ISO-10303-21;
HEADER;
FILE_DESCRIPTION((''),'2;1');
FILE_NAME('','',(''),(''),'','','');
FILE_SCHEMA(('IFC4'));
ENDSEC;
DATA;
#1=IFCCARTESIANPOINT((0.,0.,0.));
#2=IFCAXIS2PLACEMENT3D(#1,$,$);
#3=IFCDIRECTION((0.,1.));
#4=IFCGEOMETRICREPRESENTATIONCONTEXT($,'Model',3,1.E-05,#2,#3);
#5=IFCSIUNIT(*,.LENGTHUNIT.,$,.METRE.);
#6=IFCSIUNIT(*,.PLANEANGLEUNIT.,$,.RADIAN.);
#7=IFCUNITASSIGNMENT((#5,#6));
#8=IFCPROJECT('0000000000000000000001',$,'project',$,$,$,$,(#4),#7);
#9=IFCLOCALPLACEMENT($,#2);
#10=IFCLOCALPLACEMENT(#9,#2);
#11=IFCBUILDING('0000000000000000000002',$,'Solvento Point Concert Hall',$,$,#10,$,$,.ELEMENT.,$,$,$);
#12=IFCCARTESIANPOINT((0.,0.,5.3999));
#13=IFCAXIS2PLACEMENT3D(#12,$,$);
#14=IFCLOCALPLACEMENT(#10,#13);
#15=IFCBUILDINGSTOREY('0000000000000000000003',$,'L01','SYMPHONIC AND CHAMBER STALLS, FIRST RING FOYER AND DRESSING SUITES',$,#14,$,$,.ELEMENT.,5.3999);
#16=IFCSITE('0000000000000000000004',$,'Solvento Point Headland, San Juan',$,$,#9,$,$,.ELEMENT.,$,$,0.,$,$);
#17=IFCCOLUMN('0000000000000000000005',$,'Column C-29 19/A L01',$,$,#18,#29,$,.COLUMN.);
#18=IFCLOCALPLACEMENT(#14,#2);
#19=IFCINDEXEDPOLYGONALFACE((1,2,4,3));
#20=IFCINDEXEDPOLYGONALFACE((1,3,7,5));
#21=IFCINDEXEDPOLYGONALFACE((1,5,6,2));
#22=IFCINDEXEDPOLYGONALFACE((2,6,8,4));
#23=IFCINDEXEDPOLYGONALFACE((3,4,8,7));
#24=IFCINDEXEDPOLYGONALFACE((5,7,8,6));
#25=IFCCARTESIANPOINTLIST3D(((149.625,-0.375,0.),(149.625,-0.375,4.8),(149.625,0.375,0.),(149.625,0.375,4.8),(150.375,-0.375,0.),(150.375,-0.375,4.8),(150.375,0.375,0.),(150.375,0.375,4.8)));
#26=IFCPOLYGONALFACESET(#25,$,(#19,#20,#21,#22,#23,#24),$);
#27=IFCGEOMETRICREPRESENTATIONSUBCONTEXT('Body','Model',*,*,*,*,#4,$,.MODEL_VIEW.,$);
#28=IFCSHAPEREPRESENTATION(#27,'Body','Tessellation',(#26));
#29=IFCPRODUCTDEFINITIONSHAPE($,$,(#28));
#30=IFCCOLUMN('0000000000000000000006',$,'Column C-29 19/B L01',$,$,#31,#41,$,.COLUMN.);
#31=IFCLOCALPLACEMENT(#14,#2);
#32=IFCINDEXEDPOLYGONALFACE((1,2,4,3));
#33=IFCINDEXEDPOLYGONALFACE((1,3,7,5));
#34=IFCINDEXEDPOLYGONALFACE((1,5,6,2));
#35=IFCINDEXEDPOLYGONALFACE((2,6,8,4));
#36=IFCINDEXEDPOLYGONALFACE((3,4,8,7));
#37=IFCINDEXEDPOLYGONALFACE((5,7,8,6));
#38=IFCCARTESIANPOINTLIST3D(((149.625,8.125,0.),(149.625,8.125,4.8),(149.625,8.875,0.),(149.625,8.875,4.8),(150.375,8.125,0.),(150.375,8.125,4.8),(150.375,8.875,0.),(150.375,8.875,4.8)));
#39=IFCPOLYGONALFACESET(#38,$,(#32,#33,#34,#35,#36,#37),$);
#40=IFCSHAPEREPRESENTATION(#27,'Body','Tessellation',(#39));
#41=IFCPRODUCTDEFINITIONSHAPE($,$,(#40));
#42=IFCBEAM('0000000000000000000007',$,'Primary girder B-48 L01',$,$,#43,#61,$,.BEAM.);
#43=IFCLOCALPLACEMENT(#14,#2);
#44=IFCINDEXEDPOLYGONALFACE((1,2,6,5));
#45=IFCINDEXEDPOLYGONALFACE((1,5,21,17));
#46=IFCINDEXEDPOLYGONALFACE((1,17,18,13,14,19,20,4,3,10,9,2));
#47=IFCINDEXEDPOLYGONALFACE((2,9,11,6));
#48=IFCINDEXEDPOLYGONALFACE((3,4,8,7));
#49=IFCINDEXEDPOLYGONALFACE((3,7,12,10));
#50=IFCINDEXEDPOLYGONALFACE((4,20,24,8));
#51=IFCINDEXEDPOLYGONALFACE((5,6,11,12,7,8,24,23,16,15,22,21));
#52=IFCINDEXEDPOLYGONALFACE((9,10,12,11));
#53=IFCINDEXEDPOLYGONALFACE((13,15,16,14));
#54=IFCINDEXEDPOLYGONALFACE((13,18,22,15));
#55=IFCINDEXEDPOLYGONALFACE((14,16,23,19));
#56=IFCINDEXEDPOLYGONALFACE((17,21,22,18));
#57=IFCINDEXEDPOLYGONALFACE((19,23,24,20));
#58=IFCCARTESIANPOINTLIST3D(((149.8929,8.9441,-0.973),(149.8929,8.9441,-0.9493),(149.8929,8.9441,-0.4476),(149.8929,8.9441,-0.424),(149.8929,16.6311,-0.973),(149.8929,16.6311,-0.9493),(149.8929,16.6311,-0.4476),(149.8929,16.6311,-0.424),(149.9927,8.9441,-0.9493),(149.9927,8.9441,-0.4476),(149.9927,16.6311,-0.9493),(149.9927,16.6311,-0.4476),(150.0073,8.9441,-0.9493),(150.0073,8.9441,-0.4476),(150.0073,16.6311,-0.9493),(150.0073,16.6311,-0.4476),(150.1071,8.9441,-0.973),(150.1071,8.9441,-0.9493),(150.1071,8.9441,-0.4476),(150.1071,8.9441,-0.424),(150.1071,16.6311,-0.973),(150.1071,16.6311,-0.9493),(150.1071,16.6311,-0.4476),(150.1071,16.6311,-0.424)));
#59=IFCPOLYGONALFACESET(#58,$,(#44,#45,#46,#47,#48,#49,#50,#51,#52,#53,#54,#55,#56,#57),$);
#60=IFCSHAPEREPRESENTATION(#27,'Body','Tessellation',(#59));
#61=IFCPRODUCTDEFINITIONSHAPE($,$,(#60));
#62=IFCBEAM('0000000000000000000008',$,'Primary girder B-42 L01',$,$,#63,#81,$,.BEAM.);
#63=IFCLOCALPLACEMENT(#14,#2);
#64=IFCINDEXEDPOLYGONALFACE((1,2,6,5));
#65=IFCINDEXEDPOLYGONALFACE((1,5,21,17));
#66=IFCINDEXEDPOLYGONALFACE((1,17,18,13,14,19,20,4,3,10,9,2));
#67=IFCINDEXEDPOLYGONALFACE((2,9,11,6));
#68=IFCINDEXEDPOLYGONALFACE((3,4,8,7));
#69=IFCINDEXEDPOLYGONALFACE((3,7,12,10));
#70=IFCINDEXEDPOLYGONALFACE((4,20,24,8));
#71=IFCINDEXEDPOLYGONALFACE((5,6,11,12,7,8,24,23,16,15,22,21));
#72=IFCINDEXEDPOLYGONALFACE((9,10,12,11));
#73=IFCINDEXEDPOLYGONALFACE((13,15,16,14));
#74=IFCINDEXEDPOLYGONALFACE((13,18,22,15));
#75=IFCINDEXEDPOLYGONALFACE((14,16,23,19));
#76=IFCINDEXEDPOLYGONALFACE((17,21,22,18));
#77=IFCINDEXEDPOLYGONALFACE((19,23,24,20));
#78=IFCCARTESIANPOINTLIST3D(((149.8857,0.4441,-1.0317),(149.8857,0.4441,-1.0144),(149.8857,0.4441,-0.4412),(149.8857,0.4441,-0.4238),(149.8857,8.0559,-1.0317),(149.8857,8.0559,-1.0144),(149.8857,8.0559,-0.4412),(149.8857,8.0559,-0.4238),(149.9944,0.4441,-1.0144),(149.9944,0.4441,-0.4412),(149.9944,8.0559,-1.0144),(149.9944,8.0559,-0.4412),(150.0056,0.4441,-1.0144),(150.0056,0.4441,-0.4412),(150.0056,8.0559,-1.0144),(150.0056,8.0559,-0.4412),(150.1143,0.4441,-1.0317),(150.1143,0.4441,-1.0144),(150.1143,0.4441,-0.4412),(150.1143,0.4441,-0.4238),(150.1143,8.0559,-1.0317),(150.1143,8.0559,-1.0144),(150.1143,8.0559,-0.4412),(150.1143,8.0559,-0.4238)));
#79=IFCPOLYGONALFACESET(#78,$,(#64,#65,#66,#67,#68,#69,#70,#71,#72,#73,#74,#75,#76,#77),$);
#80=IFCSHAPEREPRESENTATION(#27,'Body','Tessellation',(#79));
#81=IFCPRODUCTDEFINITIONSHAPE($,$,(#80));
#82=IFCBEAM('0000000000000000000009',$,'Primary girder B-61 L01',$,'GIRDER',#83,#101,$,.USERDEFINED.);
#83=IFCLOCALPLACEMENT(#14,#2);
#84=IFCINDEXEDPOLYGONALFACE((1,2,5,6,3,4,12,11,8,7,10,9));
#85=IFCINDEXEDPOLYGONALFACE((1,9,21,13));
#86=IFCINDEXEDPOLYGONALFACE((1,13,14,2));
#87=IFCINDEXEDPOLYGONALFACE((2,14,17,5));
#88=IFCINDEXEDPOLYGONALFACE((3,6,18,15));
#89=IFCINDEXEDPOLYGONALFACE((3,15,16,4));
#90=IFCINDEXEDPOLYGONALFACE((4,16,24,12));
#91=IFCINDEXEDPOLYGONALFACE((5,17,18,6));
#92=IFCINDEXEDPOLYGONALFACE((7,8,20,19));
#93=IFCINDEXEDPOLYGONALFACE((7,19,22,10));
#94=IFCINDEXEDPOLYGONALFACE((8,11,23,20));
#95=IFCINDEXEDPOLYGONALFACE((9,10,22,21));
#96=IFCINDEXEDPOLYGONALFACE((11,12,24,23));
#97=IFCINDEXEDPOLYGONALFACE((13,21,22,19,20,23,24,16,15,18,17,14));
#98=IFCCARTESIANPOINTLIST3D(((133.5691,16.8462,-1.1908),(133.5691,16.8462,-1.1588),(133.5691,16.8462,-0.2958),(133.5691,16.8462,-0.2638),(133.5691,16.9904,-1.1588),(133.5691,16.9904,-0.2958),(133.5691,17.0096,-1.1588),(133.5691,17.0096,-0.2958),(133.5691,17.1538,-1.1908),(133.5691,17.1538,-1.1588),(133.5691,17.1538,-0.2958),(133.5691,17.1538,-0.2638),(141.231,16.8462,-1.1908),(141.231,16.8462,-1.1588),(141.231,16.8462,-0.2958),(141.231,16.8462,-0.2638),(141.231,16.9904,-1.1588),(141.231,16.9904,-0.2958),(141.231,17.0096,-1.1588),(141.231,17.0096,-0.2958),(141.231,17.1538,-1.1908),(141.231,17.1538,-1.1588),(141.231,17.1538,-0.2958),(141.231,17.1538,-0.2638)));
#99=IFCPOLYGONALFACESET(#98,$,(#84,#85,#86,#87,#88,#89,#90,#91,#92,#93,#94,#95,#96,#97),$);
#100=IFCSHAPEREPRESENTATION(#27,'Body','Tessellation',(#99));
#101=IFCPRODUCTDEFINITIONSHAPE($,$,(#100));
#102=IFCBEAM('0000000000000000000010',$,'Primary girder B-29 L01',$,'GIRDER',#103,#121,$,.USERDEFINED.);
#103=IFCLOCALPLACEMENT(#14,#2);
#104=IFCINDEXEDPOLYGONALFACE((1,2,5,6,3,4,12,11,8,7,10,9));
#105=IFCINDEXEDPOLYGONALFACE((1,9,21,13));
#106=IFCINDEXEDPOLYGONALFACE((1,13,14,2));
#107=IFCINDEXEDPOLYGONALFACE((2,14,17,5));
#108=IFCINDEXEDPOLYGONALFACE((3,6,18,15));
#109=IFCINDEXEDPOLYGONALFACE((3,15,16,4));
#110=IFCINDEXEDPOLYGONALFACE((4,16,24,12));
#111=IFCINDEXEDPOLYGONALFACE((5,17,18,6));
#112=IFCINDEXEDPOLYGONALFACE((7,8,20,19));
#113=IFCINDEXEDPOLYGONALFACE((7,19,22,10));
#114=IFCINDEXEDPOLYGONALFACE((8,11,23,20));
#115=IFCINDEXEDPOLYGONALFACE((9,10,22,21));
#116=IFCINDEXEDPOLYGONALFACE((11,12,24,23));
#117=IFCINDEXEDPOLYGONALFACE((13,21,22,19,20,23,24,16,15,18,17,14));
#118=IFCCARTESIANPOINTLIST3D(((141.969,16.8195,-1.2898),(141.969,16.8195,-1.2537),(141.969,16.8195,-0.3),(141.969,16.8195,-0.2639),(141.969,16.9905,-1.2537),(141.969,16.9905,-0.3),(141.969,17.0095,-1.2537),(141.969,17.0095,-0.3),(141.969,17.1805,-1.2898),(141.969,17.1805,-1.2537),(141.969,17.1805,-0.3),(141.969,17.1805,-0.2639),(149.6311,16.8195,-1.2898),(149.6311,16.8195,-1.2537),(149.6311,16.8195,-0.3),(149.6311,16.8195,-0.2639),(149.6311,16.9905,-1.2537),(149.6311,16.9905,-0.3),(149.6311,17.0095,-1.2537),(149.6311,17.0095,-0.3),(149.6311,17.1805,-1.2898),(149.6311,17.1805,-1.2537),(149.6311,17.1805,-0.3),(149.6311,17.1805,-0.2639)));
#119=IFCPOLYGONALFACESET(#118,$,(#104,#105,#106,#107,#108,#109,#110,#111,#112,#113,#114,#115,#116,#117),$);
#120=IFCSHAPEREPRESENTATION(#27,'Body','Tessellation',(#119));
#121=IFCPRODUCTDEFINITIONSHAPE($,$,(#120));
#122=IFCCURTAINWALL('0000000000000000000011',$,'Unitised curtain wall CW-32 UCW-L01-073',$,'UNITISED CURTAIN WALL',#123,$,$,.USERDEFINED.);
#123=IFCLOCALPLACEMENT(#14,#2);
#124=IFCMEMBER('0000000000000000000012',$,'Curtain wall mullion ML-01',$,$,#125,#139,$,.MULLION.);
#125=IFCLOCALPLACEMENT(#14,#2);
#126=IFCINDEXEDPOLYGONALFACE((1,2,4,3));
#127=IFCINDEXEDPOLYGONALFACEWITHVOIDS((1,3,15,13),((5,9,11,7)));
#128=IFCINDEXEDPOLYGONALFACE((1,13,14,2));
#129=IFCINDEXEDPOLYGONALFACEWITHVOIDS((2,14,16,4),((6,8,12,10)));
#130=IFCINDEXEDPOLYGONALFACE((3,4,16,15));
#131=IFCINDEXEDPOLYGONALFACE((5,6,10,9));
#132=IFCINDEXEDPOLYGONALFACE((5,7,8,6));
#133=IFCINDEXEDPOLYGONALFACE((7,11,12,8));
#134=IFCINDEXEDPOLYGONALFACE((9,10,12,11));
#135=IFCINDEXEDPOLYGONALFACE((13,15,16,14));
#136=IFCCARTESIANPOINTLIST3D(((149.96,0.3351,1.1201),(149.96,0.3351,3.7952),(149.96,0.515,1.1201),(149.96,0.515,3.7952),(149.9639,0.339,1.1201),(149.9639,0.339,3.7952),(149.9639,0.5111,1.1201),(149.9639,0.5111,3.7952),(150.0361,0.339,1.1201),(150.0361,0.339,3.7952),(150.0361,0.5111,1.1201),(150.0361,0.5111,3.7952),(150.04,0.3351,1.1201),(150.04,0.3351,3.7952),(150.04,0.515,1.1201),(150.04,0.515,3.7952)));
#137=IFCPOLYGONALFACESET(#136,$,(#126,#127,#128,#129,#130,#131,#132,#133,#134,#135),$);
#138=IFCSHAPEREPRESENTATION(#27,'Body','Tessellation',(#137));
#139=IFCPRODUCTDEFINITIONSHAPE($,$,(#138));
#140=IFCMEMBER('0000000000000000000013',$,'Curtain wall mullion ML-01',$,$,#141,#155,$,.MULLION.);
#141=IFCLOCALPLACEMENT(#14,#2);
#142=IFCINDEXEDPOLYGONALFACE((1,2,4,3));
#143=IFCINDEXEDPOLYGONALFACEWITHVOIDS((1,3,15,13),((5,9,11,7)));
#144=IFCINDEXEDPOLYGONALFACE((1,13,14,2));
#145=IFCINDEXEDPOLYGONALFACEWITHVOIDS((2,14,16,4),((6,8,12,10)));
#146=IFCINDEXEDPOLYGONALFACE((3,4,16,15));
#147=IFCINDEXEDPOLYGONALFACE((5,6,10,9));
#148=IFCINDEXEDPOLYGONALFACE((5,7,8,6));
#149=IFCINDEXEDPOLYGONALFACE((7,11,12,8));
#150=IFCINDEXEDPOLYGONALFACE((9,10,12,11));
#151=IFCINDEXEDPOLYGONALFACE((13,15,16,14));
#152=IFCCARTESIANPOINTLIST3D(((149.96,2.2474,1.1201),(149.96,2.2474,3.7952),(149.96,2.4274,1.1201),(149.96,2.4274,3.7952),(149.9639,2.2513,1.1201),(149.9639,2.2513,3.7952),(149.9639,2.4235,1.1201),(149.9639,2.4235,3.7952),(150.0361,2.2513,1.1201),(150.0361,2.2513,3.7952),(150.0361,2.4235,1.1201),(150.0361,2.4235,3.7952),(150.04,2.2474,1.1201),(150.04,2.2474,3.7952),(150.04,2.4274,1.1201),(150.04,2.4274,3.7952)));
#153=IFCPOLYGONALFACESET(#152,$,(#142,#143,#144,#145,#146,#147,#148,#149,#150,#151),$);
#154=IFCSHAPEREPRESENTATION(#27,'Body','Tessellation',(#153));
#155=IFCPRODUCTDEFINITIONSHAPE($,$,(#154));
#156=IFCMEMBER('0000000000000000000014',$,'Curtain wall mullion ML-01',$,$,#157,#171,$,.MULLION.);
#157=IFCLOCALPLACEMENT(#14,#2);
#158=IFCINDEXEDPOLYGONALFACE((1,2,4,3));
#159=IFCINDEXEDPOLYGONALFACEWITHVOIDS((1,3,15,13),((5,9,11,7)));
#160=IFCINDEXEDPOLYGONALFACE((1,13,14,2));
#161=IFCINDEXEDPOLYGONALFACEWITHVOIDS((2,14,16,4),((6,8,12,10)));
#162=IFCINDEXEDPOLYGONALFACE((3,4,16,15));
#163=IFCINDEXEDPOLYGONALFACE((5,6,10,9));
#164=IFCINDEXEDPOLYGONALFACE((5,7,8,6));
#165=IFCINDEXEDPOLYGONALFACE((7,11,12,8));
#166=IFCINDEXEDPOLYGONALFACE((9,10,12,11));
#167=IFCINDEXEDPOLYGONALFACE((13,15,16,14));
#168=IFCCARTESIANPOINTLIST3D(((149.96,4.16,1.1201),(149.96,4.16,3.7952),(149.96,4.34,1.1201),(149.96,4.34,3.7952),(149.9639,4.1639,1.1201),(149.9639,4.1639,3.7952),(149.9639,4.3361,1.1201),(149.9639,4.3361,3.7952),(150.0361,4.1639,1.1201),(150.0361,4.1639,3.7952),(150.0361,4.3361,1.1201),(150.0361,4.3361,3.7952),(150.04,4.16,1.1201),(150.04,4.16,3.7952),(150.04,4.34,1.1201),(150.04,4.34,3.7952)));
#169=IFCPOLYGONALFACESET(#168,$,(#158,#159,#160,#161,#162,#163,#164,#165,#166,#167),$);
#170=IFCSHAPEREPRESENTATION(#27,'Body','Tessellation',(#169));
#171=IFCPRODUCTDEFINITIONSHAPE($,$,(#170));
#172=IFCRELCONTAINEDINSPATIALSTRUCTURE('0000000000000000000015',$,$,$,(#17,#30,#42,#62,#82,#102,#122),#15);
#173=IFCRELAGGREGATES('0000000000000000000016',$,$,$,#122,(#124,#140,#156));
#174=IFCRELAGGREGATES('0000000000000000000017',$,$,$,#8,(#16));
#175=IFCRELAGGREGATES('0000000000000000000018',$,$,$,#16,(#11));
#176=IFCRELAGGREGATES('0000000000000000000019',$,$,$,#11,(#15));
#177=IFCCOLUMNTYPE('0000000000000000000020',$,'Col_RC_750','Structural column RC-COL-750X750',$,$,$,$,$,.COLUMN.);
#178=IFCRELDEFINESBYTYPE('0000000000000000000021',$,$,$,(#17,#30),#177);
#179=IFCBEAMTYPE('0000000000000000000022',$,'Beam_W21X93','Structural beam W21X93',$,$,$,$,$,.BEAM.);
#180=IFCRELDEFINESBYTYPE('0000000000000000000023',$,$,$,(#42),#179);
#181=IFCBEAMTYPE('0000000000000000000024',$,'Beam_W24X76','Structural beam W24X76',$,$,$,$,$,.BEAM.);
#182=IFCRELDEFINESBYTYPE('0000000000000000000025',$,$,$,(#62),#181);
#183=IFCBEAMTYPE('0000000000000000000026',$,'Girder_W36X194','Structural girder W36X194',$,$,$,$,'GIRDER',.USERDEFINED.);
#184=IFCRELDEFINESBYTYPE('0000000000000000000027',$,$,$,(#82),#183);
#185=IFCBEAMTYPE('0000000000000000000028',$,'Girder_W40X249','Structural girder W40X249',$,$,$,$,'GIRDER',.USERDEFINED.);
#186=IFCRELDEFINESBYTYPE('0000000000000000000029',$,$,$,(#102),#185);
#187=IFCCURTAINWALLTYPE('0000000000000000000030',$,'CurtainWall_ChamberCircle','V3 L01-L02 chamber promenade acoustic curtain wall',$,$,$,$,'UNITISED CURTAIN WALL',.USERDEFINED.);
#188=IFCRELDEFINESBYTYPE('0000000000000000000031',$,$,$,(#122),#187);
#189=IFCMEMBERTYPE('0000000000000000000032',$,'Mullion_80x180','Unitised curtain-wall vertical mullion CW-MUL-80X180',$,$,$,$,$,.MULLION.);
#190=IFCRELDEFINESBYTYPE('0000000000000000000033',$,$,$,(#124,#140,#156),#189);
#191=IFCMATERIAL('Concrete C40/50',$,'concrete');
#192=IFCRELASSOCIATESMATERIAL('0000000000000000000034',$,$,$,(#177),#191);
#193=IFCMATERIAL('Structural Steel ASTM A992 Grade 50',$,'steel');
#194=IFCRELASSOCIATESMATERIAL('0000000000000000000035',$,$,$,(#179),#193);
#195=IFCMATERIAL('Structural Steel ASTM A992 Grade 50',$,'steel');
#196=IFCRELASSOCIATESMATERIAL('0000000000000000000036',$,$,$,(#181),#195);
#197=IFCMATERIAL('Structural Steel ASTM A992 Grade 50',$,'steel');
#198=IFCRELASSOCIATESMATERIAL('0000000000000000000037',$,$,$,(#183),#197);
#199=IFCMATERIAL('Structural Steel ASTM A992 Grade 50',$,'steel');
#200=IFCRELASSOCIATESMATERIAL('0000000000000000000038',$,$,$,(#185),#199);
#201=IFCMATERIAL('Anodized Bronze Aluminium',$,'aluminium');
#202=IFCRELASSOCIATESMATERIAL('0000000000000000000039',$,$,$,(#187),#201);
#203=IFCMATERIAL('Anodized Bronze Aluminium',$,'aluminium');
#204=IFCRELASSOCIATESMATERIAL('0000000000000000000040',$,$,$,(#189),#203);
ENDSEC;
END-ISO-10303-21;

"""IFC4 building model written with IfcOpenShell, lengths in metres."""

from ifc_helpers import new_model, si_unit, direction, frame, origin, origin_2d, place, context, subcontext, project, spatial, rectangle, hollow_rectangle, i_section, extrude, material, material_profile, profile_set, type_object, element, aggregate, save


model = new_model("IFC4")

# Units and contexts
model_context = context("Model", 3, precision=1e-05, world=origin(), true_north=direction((0.0, 1.0)))
body_context = subcontext(model_context, "Body", "Model", "MODEL_VIEW")
ifc_project = project(units=[si_unit("LENGTHUNIT", "METRE"), si_unit("PLANEANGLEUNIT", "RADIAN")], contexts=[model_context])

# Site, building, storey
site_placement = place(None, origin())
site = spatial("IfcSite", under=ifc_project, at=site_placement, Name="Solvento Point Headland, San Juan", CompositionType="ELEMENT", RefElevation=0.0)
building_placement = place(site_placement, origin())
building = spatial("IfcBuilding", under=site, at=building_placement, Name="Solvento Point Concert Hall", CompositionType="ELEMENT")
storey_placement = place(building_placement, frame((0.0, 0.0, 5.3999)))
storey = spatial("IfcBuildingStorey", under=building, at=storey_placement, Name="L01", Description="SYMPHONIC AND CHAMBER STALLS, FIRST RING FOYER AND DRESSING SUITES", CompositionType="ELEMENT", Elevation=5.3999)

# Columns
ifc_material_1 = material(Name="Concrete C40/50", Category="concrete")
ifc_material_profile_1 = material_profile(ifc_material_1, rectangle(XDim=0.75, YDim=0.75, at=origin_2d()), Name="RC-COL-750X750")
ifc_profile_set_1 = profile_set([ifc_material_profile_1], Name="Concrete C40/50")
column_type = type_object("IfcColumnType", Name="Col_RC_750", Description="Structural column RC-COL-750X750", PredefinedType="COLUMN", material=ifc_profile_set_1)
for number, where, z_axis, x_axis, name in (
    (1, (150.0, 0.0, 0.0), (0.0, 0.0, 1.0), (1.0, 0.0, 0.0), "Column C-29 19/A L01"),
    (2, (150.0, 8.5, 0.0), (0.0, 0.0, 1.0), (1.0, 0.0, 0.0), "Column C-29 19/B L01"),
):
    element("IfcColumn", number, at=place(storey_placement, frame(where, z_axis=z_axis, x_axis=x_axis)), inside=storey, type_object=column_type, Name=name, PredefinedType="COLUMN", context=body_context, shape_type="SweptSolid", body=[
        extrude(rectangle(XDim=0.75, YDim=0.75, at=origin_2d()), origin(), (0.0, 0.0, 1.0), 4.8),
    ])

# Beams
ifc_material_2 = material(Name="Structural Steel ASTM A992 Grade 50", Category="steel")
ifc_material_profile_2 = material_profile(ifc_material_2, i_section(OverallWidth=0.2141, OverallDepth=0.5491, WebThickness=0.0146, FlangeThickness=0.0237, at=origin_2d()), Name="W21X93")
ifc_profile_set_2 = profile_set([ifc_material_profile_2], Name="Structural Steel ASTM A992 Grade 50")
beam_type_1 = type_object("IfcBeamType", Name="Beam_W21X93", Description="Structural beam W21X93", PredefinedType="BEAM", material=ifc_profile_set_2)
beam_1_placement = place(storey_placement, frame((150.0, 8.9441, -0.6985), z_axis=(0.0, 1.0, 0.0), x_axis=(-1.0, 0.0, 0.0)))
element("IfcBeam", 3, at=beam_1_placement, inside=storey, type_object=beam_type_1, Name="Primary girder B-48 L01", PredefinedType="BEAM", context=body_context, shape_type="SweptSolid", body=[
    extrude(i_section(OverallWidth=0.2141, OverallDepth=0.5491, WebThickness=0.0146, FlangeThickness=0.0237, at=origin_2d()), origin(), (0.0, 0.0, 1.0), 7.687),
])
ifc_material_3 = material(Name="Structural Steel ASTM A992 Grade 50", Category="steel")
ifc_material_profile_3 = material_profile(ifc_material_3, i_section(OverallWidth=0.2285, OverallDepth=0.6079, WebThickness=0.0112, FlangeThickness=0.0173, at=origin_2d()), Name="W24X76")
ifc_profile_set_3 = profile_set([ifc_material_profile_3], Name="Structural Steel ASTM A992 Grade 50")
beam_type_2 = type_object("IfcBeamType", Name="Beam_W24X76", Description="Structural beam W24X76", PredefinedType="BEAM", material=ifc_profile_set_3)
beam_2_placement = place(storey_placement, frame((150.0, 0.4441, -0.7278), z_axis=(0.0, 1.0, 0.0), x_axis=(-1.0, 0.0, 0.0)))
element("IfcBeam", 4, at=beam_2_placement, inside=storey, type_object=beam_type_2, Name="Primary girder B-42 L01", PredefinedType="BEAM", context=body_context, shape_type="SweptSolid", body=[
    extrude(i_section(OverallWidth=0.2285, OverallDepth=0.6079, WebThickness=0.0112, FlangeThickness=0.0173, at=origin_2d()), origin(), (0.0, 0.0, 1.0), 7.6118),
])
ifc_material_4 = material(Name="Structural Steel ASTM A992 Grade 50", Category="steel")
ifc_material_profile_4 = material_profile(ifc_material_4, i_section(OverallWidth=0.3076, OverallDepth=0.927, WebThickness=0.0193, FlangeThickness=0.032, at=origin_2d()), Name="W36X194")
ifc_profile_set_4 = profile_set([ifc_material_profile_4], Name="Structural Steel ASTM A992 Grade 50")
beam_type_3 = type_object("IfcBeamType", Name="Girder_W36X194", Description="Structural girder W36X194", ElementType="GIRDER", PredefinedType="USERDEFINED", material=ifc_profile_set_4)
beam_3_placement = place(storey_placement, frame((133.5691, 17.0, -0.7273), z_axis=(1.0, 0.0, 0.0), x_axis=(0.0, 1.0, 0.0)))
element("IfcBeam", 5, at=beam_3_placement, inside=storey, type_object=beam_type_3, Name="Primary girder B-61 L01", ObjectType="GIRDER", PredefinedType="USERDEFINED", context=body_context, shape_type="SweptSolid", body=[
    extrude(i_section(OverallWidth=0.3076, OverallDepth=0.927, WebThickness=0.0193, FlangeThickness=0.032, at=origin_2d()), origin(), (0.0, 0.0, 1.0), 7.6619),
])
ifc_material_5 = material(Name="Structural Steel ASTM A992 Grade 50", Category="steel")
ifc_material_profile_5 = material_profile(ifc_material_5, i_section(OverallWidth=0.3611, OverallDepth=1.0259, WebThickness=0.019, FlangeThickness=0.0361, at=origin_2d()), Name="W40X249")
ifc_profile_set_5 = profile_set([ifc_material_profile_5], Name="Structural Steel ASTM A992 Grade 50")
beam_type_4 = type_object("IfcBeamType", Name="Girder_W40X249", Description="Structural girder W40X249", ElementType="GIRDER", PredefinedType="USERDEFINED", material=ifc_profile_set_5)
beam_4_placement = place(storey_placement, frame((141.969, 17.0, -0.7769), z_axis=(1.0, 0.0, 0.0), x_axis=(0.0, 1.0, 0.0)))
element("IfcBeam", 6, at=beam_4_placement, inside=storey, type_object=beam_type_4, Name="Primary girder B-29 L01", ObjectType="GIRDER", PredefinedType="USERDEFINED", context=body_context, shape_type="SweptSolid", body=[
    extrude(i_section(OverallWidth=0.3611, OverallDepth=1.0259, WebThickness=0.019, FlangeThickness=0.0361, at=origin_2d()), origin(), (0.0, 0.0, 1.0), 7.6621),
])

# Curtain wall, members
ifc_material_6 = material(Name="Anodized Bronze Aluminium", Category="aluminium")
curtain_wall_type = type_object("IfcCurtainWallType", Name="CurtainWall_ChamberCircle", Description="V3 L01-L02 chamber promenade acoustic curtain wall", ElementType="UNITISED CURTAIN WALL", PredefinedType="USERDEFINED", material=ifc_material_6)
curtain_wall_1_placement = place(storey_placement, origin())
curtain_wall_1 = element("IfcCurtainWall", 7, at=curtain_wall_1_placement, inside=storey, type_object=curtain_wall_type, Name="Unitised curtain wall CW-32 UCW-L01-073", ObjectType="UNITISED CURTAIN WALL", PredefinedType="USERDEFINED")
ifc_material_7 = material(Name="Anodized Bronze Aluminium", Category="aluminium")
ifc_material_profile_6 = material_profile(ifc_material_7, hollow_rectangle(XDim=0.0801, YDim=0.1799, WallThickness=0.0039, at=origin_2d()), Name="CW-MUL-80X180")
ifc_profile_set_6 = profile_set([ifc_material_profile_6], Name="Anodized Bronze Aluminium")
member_type_1 = type_object("IfcMemberType", Name="Mullion_80x180", Description="Unitised curtain-wall vertical mullion CW-MUL-80X180", PredefinedType="MULLION", material=ifc_profile_set_6)
member_1_placement = place(storey_placement, frame((150.0, 0.425, 1.1201), z_axis=(0.0, 0.0, 1.0), x_axis=(1.0, 0.0, 0.0)))
member_1 = element("IfcMember", 8, at=member_1_placement, type_object=member_type_1, Name="Curtain wall mullion ML-01", PredefinedType="MULLION", context=body_context, shape_type="SweptSolid", body=[
    extrude(hollow_rectangle(XDim=0.0801, YDim=0.1799, WallThickness=0.0039, at=origin_2d()), origin(), (0.0, 0.0, 1.0), 2.675),
])
member_2_placement = place(storey_placement, frame((150.0, 2.3374, 1.1201), z_axis=(0.0, 0.0, 1.0), x_axis=(1.0, 0.0, 0.0)))
member_2 = element("IfcMember", 9, at=member_2_placement, type_object=member_type_1, Name="Curtain wall mullion ML-01", PredefinedType="MULLION", context=body_context, shape_type="SweptSolid", body=[
    extrude(hollow_rectangle(XDim=0.0801, YDim=0.1799, WallThickness=0.0039, at=origin_2d()), origin(), (0.0, 0.0, 1.0), 2.675),
])
member_3_placement = place(storey_placement, frame((150.0, 4.25, 1.1201), z_axis=(0.0, 0.0, 1.0), x_axis=(1.0, 0.0, 0.0)))
member_3 = element("IfcMember", 10, at=member_3_placement, type_object=member_type_1, Name="Curtain wall mullion ML-01", PredefinedType="MULLION", context=body_context, shape_type="SweptSolid", body=[
    extrude(hollow_rectangle(XDim=0.0801, YDim=0.1799, WallThickness=0.0039, at=origin_2d()), origin(), (0.0, 0.0, 1.0), 2.675),
])

aggregate(curtain_wall_1, [member_1, member_2, member_3])

save(model, "model.ifc")
